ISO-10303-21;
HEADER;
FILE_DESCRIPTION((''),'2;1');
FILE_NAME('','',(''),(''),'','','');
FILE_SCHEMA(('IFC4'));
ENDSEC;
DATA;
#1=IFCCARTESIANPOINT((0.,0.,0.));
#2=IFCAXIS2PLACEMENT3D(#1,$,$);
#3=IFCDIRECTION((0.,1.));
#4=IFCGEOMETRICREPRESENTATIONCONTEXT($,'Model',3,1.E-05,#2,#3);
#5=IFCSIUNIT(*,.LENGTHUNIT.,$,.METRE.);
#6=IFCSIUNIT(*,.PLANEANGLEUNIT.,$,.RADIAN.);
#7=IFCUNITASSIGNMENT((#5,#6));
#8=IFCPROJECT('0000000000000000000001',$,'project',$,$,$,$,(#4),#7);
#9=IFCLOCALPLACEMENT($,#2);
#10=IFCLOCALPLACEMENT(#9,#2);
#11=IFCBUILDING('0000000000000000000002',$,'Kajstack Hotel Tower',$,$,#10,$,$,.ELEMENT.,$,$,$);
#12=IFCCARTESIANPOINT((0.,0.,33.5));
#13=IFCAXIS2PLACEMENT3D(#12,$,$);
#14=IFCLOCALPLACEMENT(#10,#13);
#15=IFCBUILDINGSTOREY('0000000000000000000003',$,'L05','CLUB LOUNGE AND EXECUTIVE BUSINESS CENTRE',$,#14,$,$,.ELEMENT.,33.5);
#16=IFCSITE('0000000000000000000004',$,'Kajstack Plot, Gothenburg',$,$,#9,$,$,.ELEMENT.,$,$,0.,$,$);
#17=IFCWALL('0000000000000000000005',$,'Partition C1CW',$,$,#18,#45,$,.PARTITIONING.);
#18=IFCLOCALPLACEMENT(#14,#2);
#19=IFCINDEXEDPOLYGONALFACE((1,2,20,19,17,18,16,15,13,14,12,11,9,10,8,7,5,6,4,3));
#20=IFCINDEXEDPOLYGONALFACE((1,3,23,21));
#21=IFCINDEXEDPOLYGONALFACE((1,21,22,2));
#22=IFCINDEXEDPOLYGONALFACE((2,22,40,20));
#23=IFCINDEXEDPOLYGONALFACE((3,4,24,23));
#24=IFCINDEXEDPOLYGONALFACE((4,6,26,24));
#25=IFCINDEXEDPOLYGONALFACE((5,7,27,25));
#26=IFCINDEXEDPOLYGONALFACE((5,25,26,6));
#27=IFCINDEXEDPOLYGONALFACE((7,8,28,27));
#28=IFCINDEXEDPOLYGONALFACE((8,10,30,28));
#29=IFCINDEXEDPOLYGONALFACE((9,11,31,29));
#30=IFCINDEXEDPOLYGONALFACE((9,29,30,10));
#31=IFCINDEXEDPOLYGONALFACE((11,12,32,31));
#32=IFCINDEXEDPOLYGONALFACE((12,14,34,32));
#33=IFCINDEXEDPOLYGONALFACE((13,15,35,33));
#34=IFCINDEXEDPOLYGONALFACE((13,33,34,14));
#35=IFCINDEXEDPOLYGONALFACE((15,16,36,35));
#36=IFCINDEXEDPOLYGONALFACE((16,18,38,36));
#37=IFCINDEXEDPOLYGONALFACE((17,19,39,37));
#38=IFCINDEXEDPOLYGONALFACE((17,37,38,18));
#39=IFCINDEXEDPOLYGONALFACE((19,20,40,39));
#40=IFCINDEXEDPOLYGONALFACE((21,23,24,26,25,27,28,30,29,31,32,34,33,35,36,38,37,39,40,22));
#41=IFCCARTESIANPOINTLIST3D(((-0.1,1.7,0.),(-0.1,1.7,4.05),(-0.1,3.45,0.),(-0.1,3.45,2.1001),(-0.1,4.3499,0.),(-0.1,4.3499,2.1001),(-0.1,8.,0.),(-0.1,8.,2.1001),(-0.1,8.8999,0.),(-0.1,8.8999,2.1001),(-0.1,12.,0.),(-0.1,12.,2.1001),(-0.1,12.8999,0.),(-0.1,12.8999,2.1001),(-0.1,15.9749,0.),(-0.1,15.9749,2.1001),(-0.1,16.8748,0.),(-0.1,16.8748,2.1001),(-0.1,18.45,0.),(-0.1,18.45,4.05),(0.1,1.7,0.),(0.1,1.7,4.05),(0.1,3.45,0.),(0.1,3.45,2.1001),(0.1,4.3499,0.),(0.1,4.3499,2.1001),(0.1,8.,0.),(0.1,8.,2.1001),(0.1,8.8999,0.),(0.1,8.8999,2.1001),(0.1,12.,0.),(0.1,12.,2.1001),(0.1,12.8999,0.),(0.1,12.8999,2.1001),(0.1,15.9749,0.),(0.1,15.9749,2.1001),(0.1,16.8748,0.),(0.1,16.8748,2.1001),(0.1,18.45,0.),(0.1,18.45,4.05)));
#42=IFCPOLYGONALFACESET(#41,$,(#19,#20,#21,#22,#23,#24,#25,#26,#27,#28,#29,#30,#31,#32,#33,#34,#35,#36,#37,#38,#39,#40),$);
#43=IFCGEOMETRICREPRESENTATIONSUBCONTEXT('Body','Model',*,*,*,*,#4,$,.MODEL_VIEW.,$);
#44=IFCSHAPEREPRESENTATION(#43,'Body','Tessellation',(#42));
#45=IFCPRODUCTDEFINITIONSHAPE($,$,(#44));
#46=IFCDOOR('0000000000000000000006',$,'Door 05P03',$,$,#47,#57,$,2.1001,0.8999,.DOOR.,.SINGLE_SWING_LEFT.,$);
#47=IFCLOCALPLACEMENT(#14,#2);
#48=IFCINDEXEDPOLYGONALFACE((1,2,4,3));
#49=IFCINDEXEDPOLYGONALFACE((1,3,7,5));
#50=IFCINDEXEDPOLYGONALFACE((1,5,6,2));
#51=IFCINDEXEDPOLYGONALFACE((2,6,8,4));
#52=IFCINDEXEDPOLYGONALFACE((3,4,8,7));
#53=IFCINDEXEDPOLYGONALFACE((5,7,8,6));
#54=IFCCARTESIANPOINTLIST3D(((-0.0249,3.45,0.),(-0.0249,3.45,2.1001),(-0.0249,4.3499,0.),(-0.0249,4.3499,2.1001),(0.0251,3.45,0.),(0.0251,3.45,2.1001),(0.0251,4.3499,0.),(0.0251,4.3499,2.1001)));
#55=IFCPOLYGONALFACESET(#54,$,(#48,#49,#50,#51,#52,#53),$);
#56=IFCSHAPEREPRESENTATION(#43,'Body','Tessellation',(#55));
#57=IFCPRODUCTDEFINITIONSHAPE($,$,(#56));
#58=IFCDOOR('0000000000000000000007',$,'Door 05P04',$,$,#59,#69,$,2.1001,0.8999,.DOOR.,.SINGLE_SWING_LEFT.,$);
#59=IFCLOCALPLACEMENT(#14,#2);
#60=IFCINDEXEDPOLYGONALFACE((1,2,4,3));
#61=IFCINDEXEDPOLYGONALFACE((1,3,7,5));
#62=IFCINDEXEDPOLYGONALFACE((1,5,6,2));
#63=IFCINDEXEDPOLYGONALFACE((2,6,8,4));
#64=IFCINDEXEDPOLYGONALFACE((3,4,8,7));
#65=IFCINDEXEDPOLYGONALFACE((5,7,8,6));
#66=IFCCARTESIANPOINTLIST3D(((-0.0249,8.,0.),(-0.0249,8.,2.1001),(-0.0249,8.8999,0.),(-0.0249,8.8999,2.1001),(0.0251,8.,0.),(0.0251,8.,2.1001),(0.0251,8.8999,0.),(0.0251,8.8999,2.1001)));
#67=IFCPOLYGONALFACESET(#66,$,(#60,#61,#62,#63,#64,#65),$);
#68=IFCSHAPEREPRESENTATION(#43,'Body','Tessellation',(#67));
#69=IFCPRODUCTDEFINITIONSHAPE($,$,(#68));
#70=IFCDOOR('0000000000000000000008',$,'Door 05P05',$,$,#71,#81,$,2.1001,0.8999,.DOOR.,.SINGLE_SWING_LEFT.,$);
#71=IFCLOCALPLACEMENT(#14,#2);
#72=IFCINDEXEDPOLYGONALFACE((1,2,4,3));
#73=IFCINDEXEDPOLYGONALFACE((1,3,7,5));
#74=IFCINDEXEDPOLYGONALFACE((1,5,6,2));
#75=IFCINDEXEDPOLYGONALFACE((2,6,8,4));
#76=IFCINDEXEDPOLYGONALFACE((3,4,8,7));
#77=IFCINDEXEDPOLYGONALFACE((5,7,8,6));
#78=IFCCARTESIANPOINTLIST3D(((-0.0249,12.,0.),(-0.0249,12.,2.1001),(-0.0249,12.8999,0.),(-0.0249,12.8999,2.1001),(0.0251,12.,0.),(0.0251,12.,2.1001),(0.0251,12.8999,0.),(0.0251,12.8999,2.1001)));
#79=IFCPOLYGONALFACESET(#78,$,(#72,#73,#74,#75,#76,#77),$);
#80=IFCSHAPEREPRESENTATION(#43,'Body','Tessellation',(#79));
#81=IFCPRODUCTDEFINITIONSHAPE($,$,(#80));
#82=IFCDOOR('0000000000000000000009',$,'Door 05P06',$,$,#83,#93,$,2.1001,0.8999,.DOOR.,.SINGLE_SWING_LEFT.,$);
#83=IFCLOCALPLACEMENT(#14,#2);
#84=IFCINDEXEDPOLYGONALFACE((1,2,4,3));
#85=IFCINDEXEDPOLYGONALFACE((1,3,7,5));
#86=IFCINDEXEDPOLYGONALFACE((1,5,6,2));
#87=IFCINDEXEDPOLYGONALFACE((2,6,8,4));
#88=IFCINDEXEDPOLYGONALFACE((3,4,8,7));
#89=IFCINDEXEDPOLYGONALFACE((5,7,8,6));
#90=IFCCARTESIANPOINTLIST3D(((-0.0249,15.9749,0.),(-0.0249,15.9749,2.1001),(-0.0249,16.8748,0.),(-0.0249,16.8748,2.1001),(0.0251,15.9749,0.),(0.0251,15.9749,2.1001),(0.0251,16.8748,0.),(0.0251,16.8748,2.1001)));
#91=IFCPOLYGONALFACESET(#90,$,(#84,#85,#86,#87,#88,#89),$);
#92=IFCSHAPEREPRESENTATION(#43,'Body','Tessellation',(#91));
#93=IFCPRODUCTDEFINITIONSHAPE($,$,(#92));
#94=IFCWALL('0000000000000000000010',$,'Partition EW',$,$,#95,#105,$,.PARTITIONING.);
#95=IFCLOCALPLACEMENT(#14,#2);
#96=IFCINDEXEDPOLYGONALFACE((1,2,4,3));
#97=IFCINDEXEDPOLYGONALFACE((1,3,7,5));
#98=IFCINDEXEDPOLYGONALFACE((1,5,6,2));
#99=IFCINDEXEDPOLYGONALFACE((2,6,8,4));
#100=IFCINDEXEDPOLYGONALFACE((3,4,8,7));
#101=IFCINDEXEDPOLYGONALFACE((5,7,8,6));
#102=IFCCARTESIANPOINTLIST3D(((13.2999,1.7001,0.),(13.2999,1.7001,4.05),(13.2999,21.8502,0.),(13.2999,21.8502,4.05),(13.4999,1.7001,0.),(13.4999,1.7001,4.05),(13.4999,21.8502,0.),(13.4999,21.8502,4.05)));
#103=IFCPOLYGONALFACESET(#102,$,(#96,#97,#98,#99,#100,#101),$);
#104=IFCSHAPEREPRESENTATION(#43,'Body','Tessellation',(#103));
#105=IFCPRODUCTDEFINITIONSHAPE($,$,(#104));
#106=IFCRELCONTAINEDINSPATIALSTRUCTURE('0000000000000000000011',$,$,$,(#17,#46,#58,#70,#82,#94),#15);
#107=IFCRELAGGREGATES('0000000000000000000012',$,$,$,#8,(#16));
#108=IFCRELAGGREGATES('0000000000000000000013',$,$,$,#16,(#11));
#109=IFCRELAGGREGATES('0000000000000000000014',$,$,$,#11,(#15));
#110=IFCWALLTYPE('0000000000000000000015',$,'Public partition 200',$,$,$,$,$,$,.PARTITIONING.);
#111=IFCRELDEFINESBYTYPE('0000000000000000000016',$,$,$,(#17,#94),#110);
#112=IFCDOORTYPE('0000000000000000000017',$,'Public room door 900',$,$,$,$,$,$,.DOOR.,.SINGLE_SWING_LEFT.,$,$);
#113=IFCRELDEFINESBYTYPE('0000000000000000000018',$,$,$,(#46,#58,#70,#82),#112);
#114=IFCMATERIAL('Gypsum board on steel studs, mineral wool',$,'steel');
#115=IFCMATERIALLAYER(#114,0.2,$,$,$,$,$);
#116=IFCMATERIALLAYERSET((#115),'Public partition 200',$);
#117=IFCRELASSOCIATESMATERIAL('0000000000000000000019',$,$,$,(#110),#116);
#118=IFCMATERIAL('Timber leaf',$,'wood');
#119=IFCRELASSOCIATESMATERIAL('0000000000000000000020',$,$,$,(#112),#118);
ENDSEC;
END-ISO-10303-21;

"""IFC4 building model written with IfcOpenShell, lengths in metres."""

from ifc_helpers import new_model, si_unit, direction, frame, frame_2d, origin, place, context, subcontext, project, spatial, rectangle, extrude, material, layer, layer_set, type_object, element, fill, save


model = new_model("IFC4")

# Units and contexts
model_context = context("Model", 3, precision=1e-05, world=origin(), true_north=direction((0.0, 1.0)))
body_context = subcontext(model_context, "Body", "Model", "MODEL_VIEW")
ifc_project = project(units=[si_unit("LENGTHUNIT", "METRE"), si_unit("PLANEANGLEUNIT", "RADIAN")], contexts=[model_context])

# Site, building, storey
site_placement = place(None, origin())
site = spatial("IfcSite", under=ifc_project, at=site_placement, Name="Kajstack Plot, Gothenburg", CompositionType="ELEMENT", RefElevation=0.0)
building_placement = place(site_placement, origin())
building = spatial("IfcBuilding", under=site, at=building_placement, Name="Kajstack Hotel Tower", CompositionType="ELEMENT")
storey_placement = place(building_placement, frame((0.0, 0.0, 33.5)))
storey = spatial("IfcBuildingStorey", under=building, at=storey_placement, Name="L05", Description="CLUB LOUNGE AND EXECUTIVE BUSINESS CENTRE", CompositionType="ELEMENT", Elevation=33.5)

# Shared definitions
ifc_material_1 = material(Name="Gypsum board on steel studs, mineral wool", Category="steel")
ifc_layer_1 = layer(ifc_material_1, 0.2)
ifc_layer_set_1 = layer_set([ifc_layer_1], Name="Public partition 200")
wall_type_1 = type_object("IfcWallType", Name="Public partition 200", PredefinedType="PARTITIONING", material=ifc_layer_set_1)

# Wall, openings, doors
wall_1_placement = place(storey_placement, frame((0.0, 1.7, 0.0), z_axis=(0.0, 0.0, 1.0), x_axis=(0.0, 1.0, 0.0)))
wall_1 = element("IfcWall", 1, at=wall_1_placement, inside=storey, type_object=wall_type_1, Name="Partition C1CW", PredefinedType="PARTITIONING", context=body_context, shape_type="SweptSolid", body=[
    extrude(rectangle(XDim=16.75, YDim=0.2, at=frame_2d((8.375, 0.0))), origin(), (0.0, 0.0, 1.0), 4.05),
])
opening_1_placement = place(wall_1_placement, frame((1.75, 0.0, 0.0)))
opening_1 = element("IfcOpeningElement", 2, at=opening_1_placement, cuts=wall_1, PredefinedType="OPENING", context=body_context, shape_type="SweptSolid", body=[
    extrude(rectangle(XDim=0.8999, YDim=2.1001, at=frame_2d((0.45, 1.05))), frame((0.0, 0.1099, 0.0), z_axis=(0.0, -1.0, 0.0), x_axis=(1.0, 0.0, 0.0)), (0.0, 0.0, 1.0), 0.22),
])
opening_2_placement = place(wall_1_placement, frame((6.3, 0.0, 0.0)))
opening_2 = element("IfcOpeningElement", 3, at=opening_2_placement, cuts=wall_1, PredefinedType="OPENING", context=body_context, shape_type="SweptSolid", body=[
    extrude(rectangle(XDim=0.8999, YDim=2.1001, at=frame_2d((0.45, 1.05))), frame((0.0, 0.1099, 0.0), z_axis=(0.0, -1.0, 0.0), x_axis=(1.0, 0.0, 0.0)), (0.0, 0.0, 1.0), 0.22),
])
opening_3_placement = place(wall_1_placement, frame((10.3, 0.0, 0.0)))
opening_3 = element("IfcOpeningElement", 4, at=opening_3_placement, cuts=wall_1, PredefinedType="OPENING", context=body_context, shape_type="SweptSolid", body=[
    extrude(rectangle(XDim=0.8999, YDim=2.1001, at=frame_2d((0.45, 1.05))), frame((0.0, 0.1099, 0.0), z_axis=(0.0, -1.0, 0.0), x_axis=(1.0, 0.0, 0.0)), (0.0, 0.0, 1.0), 0.22),
])
opening_4_placement = place(wall_1_placement, frame((14.2749, 0.0, 0.0)))
opening_4 = element("IfcOpeningElement", 5, at=opening_4_placement, cuts=wall_1, PredefinedType="OPENING", context=body_context, shape_type="SweptSolid", body=[
    extrude(rectangle(XDim=0.8999, YDim=2.1001, at=frame_2d((0.45, 1.05))), frame((0.0, 0.1099, 0.0), z_axis=(0.0, -1.0, 0.0), x_axis=(1.0, 0.0, 0.0)), (0.0, 0.0, 1.0), 0.22),
])
ifc_material_2 = material(Name="Timber leaf", Category="wood")
door_type_1 = type_object("IfcDoorType", Name="Public room door 900", OperationType="SINGLE_SWING_LEFT", PredefinedType="DOOR", material=ifc_material_2)
door_1_placement = place(opening_1_placement, origin())
door_1 = element("IfcDoor", 6, at=door_1_placement, inside=storey, type_object=door_type_1, Name="Door 05P03", OperationType="SINGLE_SWING_LEFT", OverallHeight=2.1001, OverallWidth=0.8999, PredefinedType="DOOR", context=body_context, shape_type="SweptSolid", body=[
    extrude(rectangle(XDim=0.8999, YDim=2.1001, at=frame_2d((0.45, 1.05))), frame((0.0, 0.0249, 0.0), z_axis=(0.0, -1.0, 0.0), x_axis=(1.0, 0.0, 0.0)), (0.0, 0.0, 1.0), 0.05),
])
fill(opening_1, door_1)
door_2_placement = place(opening_2_placement, origin())
door_2 = element("IfcDoor", 7, at=door_2_placement, inside=storey, type_object=door_type_1, Name="Door 05P04", OperationType="SINGLE_SWING_LEFT", OverallHeight=2.1001, OverallWidth=0.8999, PredefinedType="DOOR", context=body_context, shape_type="SweptSolid", body=[
    extrude(rectangle(XDim=0.8999, YDim=2.1001, at=frame_2d((0.45, 1.05))), frame((0.0, 0.0249, 0.0), z_axis=(0.0, -1.0, 0.0), x_axis=(1.0, 0.0, 0.0)), (0.0, 0.0, 1.0), 0.05),
])
fill(opening_2, door_2)
door_3_placement = place(opening_3_placement, origin())
door_3 = element("IfcDoor", 8, at=door_3_placement, inside=storey, type_object=door_type_1, Name="Door 05P05", OperationType="SINGLE_SWING_LEFT", OverallHeight=2.1001, OverallWidth=0.8999, PredefinedType="DOOR", context=body_context, shape_type="SweptSolid", body=[
    extrude(rectangle(XDim=0.8999, YDim=2.1001, at=frame_2d((0.45, 1.05))), frame((0.0, 0.0249, 0.0), z_axis=(0.0, -1.0, 0.0), x_axis=(1.0, 0.0, 0.0)), (0.0, 0.0, 1.0), 0.05),
])
fill(opening_3, door_3)
door_4_placement = place(opening_4_placement, origin())
door_4 = element("IfcDoor", 9, at=door_4_placement, inside=storey, type_object=door_type_1, Name="Door 05P06", OperationType="SINGLE_SWING_LEFT", OverallHeight=2.1001, OverallWidth=0.8999, PredefinedType="DOOR", context=body_context, shape_type="SweptSolid", body=[
    extrude(rectangle(XDim=0.8999, YDim=2.1001, at=frame_2d((0.45, 1.05))), frame((0.0, 0.0249, 0.0), z_axis=(0.0, -1.0, 0.0), x_axis=(1.0, 0.0, 0.0)), (0.0, 0.0, 1.0), 0.05),
])
fill(opening_4, door_4)

# Wall
wall_2_placement = place(storey_placement, frame((13.3999, 1.7, 0.0), z_axis=(0.0, 0.0, 1.0), x_axis=(0.0, 1.0, 0.0)))
element("IfcWall", 10, at=wall_2_placement, inside=storey, type_object=wall_type_1, Name="Partition EW", PredefinedType="PARTITIONING", context=body_context, shape_type="SweptSolid", body=[
    extrude(rectangle(XDim=20.1501, YDim=0.2, at=frame_2d((10.0752, 0.0))), origin(), (0.0, 0.0, 1.0), 4.05),
])

save(model, "model.ifc")
